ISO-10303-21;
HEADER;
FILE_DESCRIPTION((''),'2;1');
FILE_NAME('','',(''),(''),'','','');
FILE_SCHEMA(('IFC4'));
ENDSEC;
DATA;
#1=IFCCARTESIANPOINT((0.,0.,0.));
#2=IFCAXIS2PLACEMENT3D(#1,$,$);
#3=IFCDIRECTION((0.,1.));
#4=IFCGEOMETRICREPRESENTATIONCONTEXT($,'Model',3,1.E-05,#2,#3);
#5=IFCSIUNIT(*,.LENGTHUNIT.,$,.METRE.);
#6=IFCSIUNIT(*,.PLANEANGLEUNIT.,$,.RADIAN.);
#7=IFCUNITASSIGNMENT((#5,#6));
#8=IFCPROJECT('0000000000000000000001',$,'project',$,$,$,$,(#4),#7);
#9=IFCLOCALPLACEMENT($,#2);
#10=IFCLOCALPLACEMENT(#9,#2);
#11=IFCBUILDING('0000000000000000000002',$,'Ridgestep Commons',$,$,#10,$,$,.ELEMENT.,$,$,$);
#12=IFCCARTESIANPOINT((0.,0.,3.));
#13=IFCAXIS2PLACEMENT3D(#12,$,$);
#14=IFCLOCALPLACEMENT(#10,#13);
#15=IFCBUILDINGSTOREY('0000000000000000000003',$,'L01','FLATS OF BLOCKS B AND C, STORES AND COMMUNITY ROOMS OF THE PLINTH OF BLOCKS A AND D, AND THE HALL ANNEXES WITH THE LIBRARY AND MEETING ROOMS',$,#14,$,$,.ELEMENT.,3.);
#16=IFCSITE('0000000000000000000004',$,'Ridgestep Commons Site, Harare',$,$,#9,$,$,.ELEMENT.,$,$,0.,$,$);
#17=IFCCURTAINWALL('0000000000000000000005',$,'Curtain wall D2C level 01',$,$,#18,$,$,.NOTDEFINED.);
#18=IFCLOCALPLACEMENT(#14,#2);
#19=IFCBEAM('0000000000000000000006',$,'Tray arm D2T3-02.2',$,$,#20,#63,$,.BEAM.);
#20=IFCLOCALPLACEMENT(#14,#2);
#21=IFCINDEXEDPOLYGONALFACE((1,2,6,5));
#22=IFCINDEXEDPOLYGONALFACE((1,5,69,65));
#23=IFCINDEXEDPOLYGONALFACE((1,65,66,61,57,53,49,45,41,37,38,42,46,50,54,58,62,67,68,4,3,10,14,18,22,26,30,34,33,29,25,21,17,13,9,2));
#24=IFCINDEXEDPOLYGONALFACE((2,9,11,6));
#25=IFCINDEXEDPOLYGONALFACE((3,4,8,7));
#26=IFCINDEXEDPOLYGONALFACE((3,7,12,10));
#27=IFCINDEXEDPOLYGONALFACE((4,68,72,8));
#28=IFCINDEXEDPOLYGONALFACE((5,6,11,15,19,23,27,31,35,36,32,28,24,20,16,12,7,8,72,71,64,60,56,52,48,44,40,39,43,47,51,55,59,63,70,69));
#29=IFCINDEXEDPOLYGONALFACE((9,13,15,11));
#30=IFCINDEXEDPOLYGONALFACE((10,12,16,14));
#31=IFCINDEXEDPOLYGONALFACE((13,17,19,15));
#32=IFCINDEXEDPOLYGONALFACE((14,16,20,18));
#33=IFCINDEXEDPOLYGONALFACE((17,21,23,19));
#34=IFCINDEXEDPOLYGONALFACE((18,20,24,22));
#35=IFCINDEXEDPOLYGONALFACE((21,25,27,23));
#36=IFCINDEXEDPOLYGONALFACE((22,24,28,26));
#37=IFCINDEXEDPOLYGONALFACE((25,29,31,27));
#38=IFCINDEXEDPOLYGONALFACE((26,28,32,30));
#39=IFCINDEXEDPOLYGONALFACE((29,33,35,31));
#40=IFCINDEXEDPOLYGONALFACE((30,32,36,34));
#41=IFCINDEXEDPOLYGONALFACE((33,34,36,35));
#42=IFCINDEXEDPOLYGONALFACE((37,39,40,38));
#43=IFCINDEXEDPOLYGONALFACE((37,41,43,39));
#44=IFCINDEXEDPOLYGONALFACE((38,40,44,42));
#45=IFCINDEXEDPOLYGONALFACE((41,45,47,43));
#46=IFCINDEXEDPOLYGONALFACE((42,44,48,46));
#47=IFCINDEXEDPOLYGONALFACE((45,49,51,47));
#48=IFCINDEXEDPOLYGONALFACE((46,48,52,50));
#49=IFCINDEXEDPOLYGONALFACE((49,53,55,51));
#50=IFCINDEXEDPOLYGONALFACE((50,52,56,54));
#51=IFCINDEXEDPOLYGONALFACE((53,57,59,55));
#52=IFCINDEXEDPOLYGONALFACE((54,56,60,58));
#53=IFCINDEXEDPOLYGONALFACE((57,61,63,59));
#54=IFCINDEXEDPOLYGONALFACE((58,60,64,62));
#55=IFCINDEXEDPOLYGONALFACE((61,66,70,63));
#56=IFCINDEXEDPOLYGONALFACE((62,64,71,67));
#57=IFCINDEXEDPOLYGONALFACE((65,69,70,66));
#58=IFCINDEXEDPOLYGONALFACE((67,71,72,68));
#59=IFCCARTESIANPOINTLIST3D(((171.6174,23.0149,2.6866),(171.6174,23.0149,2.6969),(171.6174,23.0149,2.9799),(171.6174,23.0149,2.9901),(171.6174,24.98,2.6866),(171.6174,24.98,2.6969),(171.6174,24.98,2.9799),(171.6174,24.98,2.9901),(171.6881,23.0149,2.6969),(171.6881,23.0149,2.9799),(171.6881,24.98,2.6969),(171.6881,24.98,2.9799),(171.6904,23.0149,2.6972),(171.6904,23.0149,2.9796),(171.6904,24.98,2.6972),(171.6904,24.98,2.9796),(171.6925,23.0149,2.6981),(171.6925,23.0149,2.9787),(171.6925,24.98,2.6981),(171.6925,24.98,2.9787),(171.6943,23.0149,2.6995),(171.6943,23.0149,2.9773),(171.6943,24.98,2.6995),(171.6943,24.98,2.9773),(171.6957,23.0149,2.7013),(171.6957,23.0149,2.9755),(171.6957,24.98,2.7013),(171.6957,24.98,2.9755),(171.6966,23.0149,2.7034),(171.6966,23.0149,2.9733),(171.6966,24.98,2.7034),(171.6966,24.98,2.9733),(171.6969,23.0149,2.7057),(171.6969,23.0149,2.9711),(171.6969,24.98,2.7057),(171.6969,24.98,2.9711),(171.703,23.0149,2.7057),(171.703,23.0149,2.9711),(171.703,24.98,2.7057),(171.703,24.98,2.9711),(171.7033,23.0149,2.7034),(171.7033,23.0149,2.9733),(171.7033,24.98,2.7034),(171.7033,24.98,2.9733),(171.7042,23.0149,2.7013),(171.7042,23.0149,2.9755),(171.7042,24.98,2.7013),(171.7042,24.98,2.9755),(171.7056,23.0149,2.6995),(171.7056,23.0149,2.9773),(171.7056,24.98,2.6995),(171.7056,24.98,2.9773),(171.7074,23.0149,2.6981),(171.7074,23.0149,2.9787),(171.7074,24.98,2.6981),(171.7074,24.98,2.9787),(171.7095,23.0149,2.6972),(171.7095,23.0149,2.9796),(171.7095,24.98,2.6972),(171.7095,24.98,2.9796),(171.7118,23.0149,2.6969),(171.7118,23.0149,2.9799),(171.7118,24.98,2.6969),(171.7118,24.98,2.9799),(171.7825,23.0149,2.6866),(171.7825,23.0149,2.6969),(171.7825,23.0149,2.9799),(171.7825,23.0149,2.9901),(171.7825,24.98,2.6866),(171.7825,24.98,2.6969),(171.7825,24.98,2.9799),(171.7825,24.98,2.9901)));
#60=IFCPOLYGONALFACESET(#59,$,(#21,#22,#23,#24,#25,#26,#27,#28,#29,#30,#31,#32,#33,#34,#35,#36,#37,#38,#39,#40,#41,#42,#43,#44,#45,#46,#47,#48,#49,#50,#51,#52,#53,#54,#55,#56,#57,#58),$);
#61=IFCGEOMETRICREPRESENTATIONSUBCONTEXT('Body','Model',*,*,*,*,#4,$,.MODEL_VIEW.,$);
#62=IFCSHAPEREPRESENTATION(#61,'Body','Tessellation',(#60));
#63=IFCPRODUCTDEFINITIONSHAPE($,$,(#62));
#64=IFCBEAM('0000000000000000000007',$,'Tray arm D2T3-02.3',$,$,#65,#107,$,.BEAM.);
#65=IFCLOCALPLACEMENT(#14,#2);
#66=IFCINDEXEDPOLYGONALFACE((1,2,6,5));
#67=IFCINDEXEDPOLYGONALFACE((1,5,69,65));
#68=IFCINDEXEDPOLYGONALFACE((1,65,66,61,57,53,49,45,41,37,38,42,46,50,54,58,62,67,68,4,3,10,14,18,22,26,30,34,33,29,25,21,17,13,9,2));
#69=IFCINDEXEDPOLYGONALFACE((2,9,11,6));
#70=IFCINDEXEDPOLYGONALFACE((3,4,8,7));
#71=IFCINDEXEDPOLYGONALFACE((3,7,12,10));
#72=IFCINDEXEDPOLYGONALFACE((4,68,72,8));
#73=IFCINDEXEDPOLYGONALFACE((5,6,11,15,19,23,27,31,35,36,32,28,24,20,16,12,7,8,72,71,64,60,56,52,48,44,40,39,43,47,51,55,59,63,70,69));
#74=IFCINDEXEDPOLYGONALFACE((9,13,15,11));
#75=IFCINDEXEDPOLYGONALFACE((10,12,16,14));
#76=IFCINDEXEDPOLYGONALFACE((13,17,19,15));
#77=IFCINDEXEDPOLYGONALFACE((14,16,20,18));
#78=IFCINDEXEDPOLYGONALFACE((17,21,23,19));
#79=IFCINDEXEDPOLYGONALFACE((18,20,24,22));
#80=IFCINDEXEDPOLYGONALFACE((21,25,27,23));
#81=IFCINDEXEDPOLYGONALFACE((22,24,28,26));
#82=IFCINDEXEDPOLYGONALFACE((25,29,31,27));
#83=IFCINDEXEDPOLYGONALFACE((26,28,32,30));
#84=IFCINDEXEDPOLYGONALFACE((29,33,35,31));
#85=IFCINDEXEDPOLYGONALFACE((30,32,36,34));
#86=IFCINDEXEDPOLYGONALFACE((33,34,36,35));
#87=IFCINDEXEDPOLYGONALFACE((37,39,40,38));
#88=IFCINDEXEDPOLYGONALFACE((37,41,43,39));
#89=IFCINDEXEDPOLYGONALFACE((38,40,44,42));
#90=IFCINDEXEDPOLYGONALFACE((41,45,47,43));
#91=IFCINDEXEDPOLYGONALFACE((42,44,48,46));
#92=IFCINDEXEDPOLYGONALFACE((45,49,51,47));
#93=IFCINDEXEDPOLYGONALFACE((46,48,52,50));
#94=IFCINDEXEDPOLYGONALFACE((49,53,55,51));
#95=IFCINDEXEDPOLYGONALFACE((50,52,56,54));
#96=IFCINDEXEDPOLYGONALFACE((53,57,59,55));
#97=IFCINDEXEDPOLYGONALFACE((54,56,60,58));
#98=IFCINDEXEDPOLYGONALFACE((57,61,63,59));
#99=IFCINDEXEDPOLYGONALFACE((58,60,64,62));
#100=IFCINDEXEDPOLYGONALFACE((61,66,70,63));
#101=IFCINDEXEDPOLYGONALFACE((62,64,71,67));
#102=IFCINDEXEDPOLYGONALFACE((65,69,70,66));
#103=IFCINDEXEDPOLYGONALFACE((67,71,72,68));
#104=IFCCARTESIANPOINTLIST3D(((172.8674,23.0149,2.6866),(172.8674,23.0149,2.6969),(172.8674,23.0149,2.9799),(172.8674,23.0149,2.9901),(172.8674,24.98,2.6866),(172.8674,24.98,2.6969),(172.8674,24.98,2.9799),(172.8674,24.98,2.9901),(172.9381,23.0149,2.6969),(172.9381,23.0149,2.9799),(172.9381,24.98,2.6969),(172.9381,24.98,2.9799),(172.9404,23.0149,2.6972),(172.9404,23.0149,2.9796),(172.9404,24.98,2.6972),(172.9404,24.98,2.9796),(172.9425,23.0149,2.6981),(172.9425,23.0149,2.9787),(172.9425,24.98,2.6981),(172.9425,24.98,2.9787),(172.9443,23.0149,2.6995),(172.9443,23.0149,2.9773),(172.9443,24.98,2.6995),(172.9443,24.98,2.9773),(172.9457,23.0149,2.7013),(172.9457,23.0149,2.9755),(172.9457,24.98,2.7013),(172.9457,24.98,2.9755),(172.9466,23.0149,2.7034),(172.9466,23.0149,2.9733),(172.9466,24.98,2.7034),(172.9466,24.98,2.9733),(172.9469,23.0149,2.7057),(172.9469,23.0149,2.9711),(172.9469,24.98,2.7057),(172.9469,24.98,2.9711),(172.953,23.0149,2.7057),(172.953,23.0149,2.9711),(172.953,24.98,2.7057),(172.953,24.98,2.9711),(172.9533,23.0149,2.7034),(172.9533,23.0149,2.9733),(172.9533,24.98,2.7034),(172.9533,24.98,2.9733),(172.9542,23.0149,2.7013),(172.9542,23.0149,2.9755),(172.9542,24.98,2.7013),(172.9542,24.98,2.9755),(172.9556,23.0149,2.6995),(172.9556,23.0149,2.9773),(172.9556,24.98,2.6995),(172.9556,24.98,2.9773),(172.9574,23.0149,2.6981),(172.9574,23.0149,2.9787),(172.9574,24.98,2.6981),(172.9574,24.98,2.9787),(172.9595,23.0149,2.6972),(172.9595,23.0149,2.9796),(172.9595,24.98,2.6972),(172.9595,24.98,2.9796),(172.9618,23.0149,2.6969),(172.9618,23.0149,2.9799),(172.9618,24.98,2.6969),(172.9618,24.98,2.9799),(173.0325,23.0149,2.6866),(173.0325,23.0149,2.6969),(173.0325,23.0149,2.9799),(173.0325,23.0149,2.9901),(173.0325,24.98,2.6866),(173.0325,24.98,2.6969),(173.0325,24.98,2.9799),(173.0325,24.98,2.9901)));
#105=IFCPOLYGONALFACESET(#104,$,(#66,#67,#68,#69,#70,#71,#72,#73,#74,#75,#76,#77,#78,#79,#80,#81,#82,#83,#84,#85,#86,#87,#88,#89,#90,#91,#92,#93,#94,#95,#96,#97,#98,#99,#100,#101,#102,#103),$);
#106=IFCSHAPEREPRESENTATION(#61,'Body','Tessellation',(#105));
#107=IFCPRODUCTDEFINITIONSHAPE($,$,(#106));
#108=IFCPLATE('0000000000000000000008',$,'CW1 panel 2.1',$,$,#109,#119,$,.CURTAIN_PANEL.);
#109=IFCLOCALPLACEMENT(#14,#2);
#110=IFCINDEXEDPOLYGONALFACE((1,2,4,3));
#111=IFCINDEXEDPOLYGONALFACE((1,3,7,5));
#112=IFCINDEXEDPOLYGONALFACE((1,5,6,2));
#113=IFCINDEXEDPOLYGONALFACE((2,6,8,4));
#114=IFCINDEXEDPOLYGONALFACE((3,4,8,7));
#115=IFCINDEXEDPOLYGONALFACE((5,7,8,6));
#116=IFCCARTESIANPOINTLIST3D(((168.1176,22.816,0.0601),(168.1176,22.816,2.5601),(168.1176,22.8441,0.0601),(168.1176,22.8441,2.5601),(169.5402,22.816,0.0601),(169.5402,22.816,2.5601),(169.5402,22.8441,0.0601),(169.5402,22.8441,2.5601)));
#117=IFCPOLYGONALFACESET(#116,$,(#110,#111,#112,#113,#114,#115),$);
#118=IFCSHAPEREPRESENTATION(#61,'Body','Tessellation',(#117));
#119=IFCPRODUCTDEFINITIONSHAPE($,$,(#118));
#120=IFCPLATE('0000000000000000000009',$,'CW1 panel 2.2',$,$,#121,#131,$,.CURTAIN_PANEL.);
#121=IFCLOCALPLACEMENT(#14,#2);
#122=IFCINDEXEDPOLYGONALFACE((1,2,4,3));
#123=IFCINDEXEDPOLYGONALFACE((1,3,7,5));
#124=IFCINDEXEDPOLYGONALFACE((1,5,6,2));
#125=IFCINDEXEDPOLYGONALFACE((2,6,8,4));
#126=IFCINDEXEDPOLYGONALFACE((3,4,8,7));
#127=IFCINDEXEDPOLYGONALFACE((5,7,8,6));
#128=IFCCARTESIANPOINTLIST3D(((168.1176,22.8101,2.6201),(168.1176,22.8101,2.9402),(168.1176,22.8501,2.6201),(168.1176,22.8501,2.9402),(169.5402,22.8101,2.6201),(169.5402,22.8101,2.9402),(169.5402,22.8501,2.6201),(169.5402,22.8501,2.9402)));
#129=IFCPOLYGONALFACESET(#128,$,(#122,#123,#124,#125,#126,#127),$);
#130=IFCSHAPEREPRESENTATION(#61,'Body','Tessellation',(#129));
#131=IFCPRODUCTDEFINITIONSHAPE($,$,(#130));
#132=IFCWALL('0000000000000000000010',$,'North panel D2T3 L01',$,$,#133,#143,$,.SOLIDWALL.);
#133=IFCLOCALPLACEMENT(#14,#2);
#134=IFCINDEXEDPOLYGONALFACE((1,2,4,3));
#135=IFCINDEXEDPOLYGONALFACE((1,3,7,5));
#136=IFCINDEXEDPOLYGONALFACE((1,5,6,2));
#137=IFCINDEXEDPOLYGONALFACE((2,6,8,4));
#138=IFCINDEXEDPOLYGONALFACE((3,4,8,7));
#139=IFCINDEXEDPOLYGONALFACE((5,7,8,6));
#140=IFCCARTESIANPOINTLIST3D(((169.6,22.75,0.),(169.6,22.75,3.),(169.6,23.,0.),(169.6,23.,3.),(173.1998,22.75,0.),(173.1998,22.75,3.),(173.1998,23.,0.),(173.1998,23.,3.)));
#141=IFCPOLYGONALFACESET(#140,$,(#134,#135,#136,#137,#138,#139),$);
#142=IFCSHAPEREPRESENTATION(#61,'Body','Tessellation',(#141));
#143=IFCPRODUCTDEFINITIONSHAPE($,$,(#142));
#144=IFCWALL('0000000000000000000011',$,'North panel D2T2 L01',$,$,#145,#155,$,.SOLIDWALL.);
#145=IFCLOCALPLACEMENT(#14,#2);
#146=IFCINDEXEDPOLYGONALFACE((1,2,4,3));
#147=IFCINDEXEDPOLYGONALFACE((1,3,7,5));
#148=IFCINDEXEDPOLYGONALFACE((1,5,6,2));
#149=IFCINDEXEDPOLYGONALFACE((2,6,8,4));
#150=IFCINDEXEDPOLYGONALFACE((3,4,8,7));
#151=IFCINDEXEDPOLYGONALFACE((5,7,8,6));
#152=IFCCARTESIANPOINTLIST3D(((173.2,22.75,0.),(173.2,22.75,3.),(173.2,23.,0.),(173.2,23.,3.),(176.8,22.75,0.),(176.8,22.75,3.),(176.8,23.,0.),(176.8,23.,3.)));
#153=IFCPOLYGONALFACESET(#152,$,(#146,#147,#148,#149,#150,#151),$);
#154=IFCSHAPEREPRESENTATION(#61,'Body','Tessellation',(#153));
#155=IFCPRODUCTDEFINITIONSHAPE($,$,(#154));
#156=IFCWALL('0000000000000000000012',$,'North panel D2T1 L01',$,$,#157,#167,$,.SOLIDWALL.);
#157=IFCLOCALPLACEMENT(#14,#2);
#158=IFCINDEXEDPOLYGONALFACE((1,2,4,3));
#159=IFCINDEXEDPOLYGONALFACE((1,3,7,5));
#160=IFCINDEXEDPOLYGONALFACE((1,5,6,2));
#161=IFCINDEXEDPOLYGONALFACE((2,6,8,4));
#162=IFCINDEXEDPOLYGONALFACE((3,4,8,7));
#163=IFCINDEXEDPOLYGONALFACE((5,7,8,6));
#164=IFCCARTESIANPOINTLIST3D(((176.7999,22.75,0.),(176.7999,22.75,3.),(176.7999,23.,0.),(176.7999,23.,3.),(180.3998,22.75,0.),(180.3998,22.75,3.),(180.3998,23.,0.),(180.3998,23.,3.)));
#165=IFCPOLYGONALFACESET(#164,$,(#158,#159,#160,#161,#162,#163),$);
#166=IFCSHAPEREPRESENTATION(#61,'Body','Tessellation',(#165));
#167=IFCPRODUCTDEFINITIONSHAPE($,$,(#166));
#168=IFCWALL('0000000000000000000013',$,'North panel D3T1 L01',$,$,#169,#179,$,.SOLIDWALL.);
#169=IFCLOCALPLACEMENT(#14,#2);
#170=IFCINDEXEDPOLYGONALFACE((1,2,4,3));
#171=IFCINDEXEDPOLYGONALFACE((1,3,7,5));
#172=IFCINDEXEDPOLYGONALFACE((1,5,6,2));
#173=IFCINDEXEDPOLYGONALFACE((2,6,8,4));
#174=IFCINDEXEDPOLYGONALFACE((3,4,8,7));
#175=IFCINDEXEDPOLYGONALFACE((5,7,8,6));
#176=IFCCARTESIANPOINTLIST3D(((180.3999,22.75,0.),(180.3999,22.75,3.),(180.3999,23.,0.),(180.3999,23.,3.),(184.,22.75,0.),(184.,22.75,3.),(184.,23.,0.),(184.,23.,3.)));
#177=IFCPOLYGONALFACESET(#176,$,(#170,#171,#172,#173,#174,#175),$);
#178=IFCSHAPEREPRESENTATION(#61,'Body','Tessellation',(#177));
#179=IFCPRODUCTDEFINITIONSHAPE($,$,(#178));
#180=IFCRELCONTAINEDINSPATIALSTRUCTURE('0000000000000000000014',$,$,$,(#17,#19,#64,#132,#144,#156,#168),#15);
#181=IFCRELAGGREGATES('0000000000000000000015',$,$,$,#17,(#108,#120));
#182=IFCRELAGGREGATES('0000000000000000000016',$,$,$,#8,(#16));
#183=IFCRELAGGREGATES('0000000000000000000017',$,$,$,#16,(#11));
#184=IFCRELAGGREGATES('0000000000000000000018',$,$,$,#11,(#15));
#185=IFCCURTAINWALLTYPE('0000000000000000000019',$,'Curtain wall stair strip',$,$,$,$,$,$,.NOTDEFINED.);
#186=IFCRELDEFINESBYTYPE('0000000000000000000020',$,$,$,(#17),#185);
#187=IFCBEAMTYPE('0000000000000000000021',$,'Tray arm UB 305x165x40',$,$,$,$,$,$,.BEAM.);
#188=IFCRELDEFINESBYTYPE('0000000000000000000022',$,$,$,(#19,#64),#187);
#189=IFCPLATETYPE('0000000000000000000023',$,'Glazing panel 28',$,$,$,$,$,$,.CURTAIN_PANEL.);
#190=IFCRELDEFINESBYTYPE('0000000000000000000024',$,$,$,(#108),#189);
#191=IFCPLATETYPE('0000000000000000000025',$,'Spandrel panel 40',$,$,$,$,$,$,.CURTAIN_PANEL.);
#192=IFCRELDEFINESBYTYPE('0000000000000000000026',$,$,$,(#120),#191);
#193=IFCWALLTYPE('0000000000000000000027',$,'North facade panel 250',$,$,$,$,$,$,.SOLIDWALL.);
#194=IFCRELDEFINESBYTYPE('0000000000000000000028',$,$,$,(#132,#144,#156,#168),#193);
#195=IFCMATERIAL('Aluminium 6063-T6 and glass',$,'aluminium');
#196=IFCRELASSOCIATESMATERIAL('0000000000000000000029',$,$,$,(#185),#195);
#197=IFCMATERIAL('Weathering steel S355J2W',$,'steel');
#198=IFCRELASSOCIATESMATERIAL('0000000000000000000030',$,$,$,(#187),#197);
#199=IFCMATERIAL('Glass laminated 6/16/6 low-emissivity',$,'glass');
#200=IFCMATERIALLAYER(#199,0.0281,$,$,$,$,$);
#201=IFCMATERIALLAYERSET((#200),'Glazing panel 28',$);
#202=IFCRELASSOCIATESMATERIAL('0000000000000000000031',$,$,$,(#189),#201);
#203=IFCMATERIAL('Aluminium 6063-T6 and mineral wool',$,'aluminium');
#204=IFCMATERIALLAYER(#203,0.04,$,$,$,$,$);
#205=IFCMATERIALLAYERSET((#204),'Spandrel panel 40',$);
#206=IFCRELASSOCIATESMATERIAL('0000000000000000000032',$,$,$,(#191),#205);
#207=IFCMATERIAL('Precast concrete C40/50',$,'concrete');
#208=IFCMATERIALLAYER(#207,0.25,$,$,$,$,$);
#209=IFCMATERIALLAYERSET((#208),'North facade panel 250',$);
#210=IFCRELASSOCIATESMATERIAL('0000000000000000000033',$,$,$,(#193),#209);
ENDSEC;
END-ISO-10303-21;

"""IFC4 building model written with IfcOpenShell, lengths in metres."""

from ifc_helpers import new_model, si_unit, direction, frame, frame_2d, origin, origin_2d, place, context, subcontext, project, spatial, rectangle, i_section, extrude, material, layer, layer_set, material_profile, profile_set, type_object, element, aggregate, save


model = new_model("IFC4")

# Units and contexts
model_context = context("Model", 3, precision=1e-05, world=origin(), true_north=direction((0.0, 1.0)))
body_context = subcontext(model_context, "Body", "Model", "MODEL_VIEW")
ifc_project = project(units=[si_unit("LENGTHUNIT", "METRE"), si_unit("PLANEANGLEUNIT", "RADIAN")], contexts=[model_context])

# Site, building, storey
site_placement = place(None, origin())
site = spatial("IfcSite", under=ifc_project, at=site_placement, Name="Ridgestep Commons Site, Harare", CompositionType="ELEMENT", RefElevation=0.0)
building_placement = place(site_placement, origin())
building = spatial("IfcBuilding", under=site, at=building_placement, Name="Ridgestep Commons", CompositionType="ELEMENT")
storey_placement = place(building_placement, frame((0.0, 0.0, 3.0)))
storey = spatial("IfcBuildingStorey", under=building, at=storey_placement, Name="L01", Description="FLATS OF BLOCKS B AND C, STORES AND COMMUNITY ROOMS OF THE PLINTH OF BLOCKS A AND D, AND THE HALL ANNEXES WITH THE LIBRARY AND MEETING ROOMS", CompositionType="ELEMENT", Elevation=3.0)

# Curtain wall
ifc_material_1 = material(Name="Aluminium 6063-T6 and glass", Category="aluminium")
curtain_wall_type = type_object("IfcCurtainWallType", Name="Curtain wall stair strip", PredefinedType="NOTDEFINED", material=ifc_material_1)
curtain_wall_placement = place(storey_placement, origin())
curtain_wall = element("IfcCurtainWall", 1, at=curtain_wall_placement, inside=storey, type_object=curtain_wall_type, Name="Curtain wall D2C level 01", PredefinedType="NOTDEFINED")

# Beams
ifc_material_2 = material(Name="Weathering steel S355J2W", Category="steel")
ifc_material_profile_1 = material_profile(ifc_material_2, i_section(OverallWidth=0.165, OverallDepth=0.3035, WebThickness=0.0061, FlangeThickness=0.0103, FilletRadius=0.0088, at=origin_2d()), Name="UB 305x165x40")
ifc_profile_set_1 = profile_set([ifc_material_profile_1], Name="Weathering steel S355J2W")
beam_type = type_object("IfcBeamType", Name="Tray arm UB 305x165x40", PredefinedType="BEAM", material=ifc_profile_set_1)
for number, where, z_axis, x_axis, name in (
    (2, (171.7, 23.0149, 2.8384), (0.0, 1.0, 0.0), (-1.0, 0.0, 0.0), "Tray arm D2T3-02.2"),
    (3, (172.95, 23.0149, 2.8384), (0.0, 1.0, 0.0), (-1.0, 0.0, 0.0), "Tray arm D2T3-02.3"),
):
    element("IfcBeam", number, at=place(storey_placement, frame(where, z_axis=z_axis, x_axis=x_axis)), inside=storey, type_object=beam_type, Name=name, PredefinedType="BEAM", context=body_context, shape_type="SweptSolid", body=[
        extrude(i_section(OverallWidth=0.165, OverallDepth=0.3035, WebThickness=0.0061, FlangeThickness=0.0103, FilletRadius=0.0088, at=origin_2d()), origin(), (0.0, 0.0, 1.0), 1.9651),
    ])

# Plates
ifc_material_3 = material(Name="Glass laminated 6/16/6 low-emissivity", Category="glass")
ifc_layer_1 = layer(ifc_material_3, 0.0281)
ifc_layer_set_1 = layer_set([ifc_layer_1], Name="Glazing panel 28")
plate_type_1 = type_object("IfcPlateType", Name="Glazing panel 28", PredefinedType="CURTAIN_PANEL", material=ifc_layer_set_1)
plate_1_placement = place(storey_placement, frame((168.8289, 22.8301, 0.0601), z_axis=(0.0, 0.0, 1.0), x_axis=(1.0, 0.0, 0.0)))
plate_1 = element("IfcPlate", 4, at=plate_1_placement, type_object=plate_type_1, Name="CW1 panel 2.1", PredefinedType="CURTAIN_PANEL", context=body_context, shape_type="SweptSolid", body=[
    extrude(rectangle(XDim=1.4226, YDim=0.0281, at=origin_2d()), origin(), (0.0, 0.0, 1.0), 2.5),
])
ifc_material_4 = material(Name="Aluminium 6063-T6 and mineral wool", Category="aluminium")
ifc_layer_2 = layer(ifc_material_4, 0.04)
ifc_layer_set_2 = layer_set([ifc_layer_2], Name="Spandrel panel 40")
plate_type_2 = type_object("IfcPlateType", Name="Spandrel panel 40", PredefinedType="CURTAIN_PANEL", material=ifc_layer_set_2)
plate_2_placement = place(storey_placement, frame((168.8289, 22.8301, 2.6201), z_axis=(0.0, 0.0, 1.0), x_axis=(1.0, 0.0, 0.0)))
plate_2 = element("IfcPlate", 5, at=plate_2_placement, type_object=plate_type_2, Name="CW1 panel 2.2", PredefinedType="CURTAIN_PANEL", context=body_context, shape_type="SweptSolid", body=[
    extrude(rectangle(XDim=1.4226, YDim=0.04, at=origin_2d()), origin(), (0.0, 0.0, 1.0), 0.3201),
])
aggregate(curtain_wall, [plate_1, plate_2])

# Walls
ifc_material_5 = material(Name="Precast concrete C40/50", Category="concrete")
ifc_layer_3 = layer(ifc_material_5, 0.25)
ifc_layer_set_3 = layer_set([ifc_layer_3], Name="North facade panel 250")
wall_type = type_object("IfcWallType", Name="North facade panel 250", PredefinedType="SOLIDWALL", material=ifc_layer_set_3)
wall_1_placement = place(storey_placement, frame((169.6001, 22.875, 0.0), z_axis=(0.0, 0.0, 1.0), x_axis=(1.0, 0.0, 0.0)))
element("IfcWall", 6, at=wall_1_placement, inside=storey, type_object=wall_type, Name="North panel D2T3 L01", PredefinedType="SOLIDWALL", context=body_context, shape_type="SweptSolid", body=[
    extrude(rectangle(XDim=3.5999, YDim=0.25, at=frame_2d((1.7998, 0.0))), origin(), (0.0, 0.0, 1.0), 3.0),
])
wall_2_placement = place(storey_placement, frame((173.2, 22.875, 0.0), z_axis=(0.0, 0.0, 1.0), x_axis=(1.0, 0.0, 0.0)))
element("IfcWall", 7, at=wall_2_placement, inside=storey, type_object=wall_type, Name="North panel D2T2 L01", PredefinedType="SOLIDWALL", context=body_context, shape_type="SweptSolid", body=[
    extrude(rectangle(XDim=3.6001, YDim=0.25, at=frame_2d((1.8, 0.0))), origin(), (0.0, 0.0, 1.0), 3.0),
])
wall_3_placement = place(storey_placement, frame((176.8, 22.875, 0.0), z_axis=(0.0, 0.0, 1.0), x_axis=(1.0, 0.0, 0.0)))
element("IfcWall", 8, at=wall_3_placement, inside=storey, type_object=wall_type, Name="North panel D2T1 L01", PredefinedType="SOLIDWALL", context=body_context, shape_type="SweptSolid", body=[
    extrude(rectangle(XDim=3.5999, YDim=0.25, at=frame_2d((1.7998, 0.0))), origin(), (0.0, 0.0, 1.0), 3.0),
])
wall_4_placement = place(storey_placement, frame((180.3999, 22.875, 0.0), z_axis=(0.0, 0.0, 1.0), x_axis=(1.0, 0.0, 0.0)))
element("IfcWall", 9, at=wall_4_placement, inside=storey, type_object=wall_type, Name="North panel D3T1 L01", PredefinedType="SOLIDWALL", context=body_context, shape_type="SweptSolid", body=[
    extrude(rectangle(XDim=3.6001, YDim=0.25, at=frame_2d((1.8, 0.0))), origin(), (0.0, 0.0, 1.0), 3.0),
])

save(model, "model.ifc")
